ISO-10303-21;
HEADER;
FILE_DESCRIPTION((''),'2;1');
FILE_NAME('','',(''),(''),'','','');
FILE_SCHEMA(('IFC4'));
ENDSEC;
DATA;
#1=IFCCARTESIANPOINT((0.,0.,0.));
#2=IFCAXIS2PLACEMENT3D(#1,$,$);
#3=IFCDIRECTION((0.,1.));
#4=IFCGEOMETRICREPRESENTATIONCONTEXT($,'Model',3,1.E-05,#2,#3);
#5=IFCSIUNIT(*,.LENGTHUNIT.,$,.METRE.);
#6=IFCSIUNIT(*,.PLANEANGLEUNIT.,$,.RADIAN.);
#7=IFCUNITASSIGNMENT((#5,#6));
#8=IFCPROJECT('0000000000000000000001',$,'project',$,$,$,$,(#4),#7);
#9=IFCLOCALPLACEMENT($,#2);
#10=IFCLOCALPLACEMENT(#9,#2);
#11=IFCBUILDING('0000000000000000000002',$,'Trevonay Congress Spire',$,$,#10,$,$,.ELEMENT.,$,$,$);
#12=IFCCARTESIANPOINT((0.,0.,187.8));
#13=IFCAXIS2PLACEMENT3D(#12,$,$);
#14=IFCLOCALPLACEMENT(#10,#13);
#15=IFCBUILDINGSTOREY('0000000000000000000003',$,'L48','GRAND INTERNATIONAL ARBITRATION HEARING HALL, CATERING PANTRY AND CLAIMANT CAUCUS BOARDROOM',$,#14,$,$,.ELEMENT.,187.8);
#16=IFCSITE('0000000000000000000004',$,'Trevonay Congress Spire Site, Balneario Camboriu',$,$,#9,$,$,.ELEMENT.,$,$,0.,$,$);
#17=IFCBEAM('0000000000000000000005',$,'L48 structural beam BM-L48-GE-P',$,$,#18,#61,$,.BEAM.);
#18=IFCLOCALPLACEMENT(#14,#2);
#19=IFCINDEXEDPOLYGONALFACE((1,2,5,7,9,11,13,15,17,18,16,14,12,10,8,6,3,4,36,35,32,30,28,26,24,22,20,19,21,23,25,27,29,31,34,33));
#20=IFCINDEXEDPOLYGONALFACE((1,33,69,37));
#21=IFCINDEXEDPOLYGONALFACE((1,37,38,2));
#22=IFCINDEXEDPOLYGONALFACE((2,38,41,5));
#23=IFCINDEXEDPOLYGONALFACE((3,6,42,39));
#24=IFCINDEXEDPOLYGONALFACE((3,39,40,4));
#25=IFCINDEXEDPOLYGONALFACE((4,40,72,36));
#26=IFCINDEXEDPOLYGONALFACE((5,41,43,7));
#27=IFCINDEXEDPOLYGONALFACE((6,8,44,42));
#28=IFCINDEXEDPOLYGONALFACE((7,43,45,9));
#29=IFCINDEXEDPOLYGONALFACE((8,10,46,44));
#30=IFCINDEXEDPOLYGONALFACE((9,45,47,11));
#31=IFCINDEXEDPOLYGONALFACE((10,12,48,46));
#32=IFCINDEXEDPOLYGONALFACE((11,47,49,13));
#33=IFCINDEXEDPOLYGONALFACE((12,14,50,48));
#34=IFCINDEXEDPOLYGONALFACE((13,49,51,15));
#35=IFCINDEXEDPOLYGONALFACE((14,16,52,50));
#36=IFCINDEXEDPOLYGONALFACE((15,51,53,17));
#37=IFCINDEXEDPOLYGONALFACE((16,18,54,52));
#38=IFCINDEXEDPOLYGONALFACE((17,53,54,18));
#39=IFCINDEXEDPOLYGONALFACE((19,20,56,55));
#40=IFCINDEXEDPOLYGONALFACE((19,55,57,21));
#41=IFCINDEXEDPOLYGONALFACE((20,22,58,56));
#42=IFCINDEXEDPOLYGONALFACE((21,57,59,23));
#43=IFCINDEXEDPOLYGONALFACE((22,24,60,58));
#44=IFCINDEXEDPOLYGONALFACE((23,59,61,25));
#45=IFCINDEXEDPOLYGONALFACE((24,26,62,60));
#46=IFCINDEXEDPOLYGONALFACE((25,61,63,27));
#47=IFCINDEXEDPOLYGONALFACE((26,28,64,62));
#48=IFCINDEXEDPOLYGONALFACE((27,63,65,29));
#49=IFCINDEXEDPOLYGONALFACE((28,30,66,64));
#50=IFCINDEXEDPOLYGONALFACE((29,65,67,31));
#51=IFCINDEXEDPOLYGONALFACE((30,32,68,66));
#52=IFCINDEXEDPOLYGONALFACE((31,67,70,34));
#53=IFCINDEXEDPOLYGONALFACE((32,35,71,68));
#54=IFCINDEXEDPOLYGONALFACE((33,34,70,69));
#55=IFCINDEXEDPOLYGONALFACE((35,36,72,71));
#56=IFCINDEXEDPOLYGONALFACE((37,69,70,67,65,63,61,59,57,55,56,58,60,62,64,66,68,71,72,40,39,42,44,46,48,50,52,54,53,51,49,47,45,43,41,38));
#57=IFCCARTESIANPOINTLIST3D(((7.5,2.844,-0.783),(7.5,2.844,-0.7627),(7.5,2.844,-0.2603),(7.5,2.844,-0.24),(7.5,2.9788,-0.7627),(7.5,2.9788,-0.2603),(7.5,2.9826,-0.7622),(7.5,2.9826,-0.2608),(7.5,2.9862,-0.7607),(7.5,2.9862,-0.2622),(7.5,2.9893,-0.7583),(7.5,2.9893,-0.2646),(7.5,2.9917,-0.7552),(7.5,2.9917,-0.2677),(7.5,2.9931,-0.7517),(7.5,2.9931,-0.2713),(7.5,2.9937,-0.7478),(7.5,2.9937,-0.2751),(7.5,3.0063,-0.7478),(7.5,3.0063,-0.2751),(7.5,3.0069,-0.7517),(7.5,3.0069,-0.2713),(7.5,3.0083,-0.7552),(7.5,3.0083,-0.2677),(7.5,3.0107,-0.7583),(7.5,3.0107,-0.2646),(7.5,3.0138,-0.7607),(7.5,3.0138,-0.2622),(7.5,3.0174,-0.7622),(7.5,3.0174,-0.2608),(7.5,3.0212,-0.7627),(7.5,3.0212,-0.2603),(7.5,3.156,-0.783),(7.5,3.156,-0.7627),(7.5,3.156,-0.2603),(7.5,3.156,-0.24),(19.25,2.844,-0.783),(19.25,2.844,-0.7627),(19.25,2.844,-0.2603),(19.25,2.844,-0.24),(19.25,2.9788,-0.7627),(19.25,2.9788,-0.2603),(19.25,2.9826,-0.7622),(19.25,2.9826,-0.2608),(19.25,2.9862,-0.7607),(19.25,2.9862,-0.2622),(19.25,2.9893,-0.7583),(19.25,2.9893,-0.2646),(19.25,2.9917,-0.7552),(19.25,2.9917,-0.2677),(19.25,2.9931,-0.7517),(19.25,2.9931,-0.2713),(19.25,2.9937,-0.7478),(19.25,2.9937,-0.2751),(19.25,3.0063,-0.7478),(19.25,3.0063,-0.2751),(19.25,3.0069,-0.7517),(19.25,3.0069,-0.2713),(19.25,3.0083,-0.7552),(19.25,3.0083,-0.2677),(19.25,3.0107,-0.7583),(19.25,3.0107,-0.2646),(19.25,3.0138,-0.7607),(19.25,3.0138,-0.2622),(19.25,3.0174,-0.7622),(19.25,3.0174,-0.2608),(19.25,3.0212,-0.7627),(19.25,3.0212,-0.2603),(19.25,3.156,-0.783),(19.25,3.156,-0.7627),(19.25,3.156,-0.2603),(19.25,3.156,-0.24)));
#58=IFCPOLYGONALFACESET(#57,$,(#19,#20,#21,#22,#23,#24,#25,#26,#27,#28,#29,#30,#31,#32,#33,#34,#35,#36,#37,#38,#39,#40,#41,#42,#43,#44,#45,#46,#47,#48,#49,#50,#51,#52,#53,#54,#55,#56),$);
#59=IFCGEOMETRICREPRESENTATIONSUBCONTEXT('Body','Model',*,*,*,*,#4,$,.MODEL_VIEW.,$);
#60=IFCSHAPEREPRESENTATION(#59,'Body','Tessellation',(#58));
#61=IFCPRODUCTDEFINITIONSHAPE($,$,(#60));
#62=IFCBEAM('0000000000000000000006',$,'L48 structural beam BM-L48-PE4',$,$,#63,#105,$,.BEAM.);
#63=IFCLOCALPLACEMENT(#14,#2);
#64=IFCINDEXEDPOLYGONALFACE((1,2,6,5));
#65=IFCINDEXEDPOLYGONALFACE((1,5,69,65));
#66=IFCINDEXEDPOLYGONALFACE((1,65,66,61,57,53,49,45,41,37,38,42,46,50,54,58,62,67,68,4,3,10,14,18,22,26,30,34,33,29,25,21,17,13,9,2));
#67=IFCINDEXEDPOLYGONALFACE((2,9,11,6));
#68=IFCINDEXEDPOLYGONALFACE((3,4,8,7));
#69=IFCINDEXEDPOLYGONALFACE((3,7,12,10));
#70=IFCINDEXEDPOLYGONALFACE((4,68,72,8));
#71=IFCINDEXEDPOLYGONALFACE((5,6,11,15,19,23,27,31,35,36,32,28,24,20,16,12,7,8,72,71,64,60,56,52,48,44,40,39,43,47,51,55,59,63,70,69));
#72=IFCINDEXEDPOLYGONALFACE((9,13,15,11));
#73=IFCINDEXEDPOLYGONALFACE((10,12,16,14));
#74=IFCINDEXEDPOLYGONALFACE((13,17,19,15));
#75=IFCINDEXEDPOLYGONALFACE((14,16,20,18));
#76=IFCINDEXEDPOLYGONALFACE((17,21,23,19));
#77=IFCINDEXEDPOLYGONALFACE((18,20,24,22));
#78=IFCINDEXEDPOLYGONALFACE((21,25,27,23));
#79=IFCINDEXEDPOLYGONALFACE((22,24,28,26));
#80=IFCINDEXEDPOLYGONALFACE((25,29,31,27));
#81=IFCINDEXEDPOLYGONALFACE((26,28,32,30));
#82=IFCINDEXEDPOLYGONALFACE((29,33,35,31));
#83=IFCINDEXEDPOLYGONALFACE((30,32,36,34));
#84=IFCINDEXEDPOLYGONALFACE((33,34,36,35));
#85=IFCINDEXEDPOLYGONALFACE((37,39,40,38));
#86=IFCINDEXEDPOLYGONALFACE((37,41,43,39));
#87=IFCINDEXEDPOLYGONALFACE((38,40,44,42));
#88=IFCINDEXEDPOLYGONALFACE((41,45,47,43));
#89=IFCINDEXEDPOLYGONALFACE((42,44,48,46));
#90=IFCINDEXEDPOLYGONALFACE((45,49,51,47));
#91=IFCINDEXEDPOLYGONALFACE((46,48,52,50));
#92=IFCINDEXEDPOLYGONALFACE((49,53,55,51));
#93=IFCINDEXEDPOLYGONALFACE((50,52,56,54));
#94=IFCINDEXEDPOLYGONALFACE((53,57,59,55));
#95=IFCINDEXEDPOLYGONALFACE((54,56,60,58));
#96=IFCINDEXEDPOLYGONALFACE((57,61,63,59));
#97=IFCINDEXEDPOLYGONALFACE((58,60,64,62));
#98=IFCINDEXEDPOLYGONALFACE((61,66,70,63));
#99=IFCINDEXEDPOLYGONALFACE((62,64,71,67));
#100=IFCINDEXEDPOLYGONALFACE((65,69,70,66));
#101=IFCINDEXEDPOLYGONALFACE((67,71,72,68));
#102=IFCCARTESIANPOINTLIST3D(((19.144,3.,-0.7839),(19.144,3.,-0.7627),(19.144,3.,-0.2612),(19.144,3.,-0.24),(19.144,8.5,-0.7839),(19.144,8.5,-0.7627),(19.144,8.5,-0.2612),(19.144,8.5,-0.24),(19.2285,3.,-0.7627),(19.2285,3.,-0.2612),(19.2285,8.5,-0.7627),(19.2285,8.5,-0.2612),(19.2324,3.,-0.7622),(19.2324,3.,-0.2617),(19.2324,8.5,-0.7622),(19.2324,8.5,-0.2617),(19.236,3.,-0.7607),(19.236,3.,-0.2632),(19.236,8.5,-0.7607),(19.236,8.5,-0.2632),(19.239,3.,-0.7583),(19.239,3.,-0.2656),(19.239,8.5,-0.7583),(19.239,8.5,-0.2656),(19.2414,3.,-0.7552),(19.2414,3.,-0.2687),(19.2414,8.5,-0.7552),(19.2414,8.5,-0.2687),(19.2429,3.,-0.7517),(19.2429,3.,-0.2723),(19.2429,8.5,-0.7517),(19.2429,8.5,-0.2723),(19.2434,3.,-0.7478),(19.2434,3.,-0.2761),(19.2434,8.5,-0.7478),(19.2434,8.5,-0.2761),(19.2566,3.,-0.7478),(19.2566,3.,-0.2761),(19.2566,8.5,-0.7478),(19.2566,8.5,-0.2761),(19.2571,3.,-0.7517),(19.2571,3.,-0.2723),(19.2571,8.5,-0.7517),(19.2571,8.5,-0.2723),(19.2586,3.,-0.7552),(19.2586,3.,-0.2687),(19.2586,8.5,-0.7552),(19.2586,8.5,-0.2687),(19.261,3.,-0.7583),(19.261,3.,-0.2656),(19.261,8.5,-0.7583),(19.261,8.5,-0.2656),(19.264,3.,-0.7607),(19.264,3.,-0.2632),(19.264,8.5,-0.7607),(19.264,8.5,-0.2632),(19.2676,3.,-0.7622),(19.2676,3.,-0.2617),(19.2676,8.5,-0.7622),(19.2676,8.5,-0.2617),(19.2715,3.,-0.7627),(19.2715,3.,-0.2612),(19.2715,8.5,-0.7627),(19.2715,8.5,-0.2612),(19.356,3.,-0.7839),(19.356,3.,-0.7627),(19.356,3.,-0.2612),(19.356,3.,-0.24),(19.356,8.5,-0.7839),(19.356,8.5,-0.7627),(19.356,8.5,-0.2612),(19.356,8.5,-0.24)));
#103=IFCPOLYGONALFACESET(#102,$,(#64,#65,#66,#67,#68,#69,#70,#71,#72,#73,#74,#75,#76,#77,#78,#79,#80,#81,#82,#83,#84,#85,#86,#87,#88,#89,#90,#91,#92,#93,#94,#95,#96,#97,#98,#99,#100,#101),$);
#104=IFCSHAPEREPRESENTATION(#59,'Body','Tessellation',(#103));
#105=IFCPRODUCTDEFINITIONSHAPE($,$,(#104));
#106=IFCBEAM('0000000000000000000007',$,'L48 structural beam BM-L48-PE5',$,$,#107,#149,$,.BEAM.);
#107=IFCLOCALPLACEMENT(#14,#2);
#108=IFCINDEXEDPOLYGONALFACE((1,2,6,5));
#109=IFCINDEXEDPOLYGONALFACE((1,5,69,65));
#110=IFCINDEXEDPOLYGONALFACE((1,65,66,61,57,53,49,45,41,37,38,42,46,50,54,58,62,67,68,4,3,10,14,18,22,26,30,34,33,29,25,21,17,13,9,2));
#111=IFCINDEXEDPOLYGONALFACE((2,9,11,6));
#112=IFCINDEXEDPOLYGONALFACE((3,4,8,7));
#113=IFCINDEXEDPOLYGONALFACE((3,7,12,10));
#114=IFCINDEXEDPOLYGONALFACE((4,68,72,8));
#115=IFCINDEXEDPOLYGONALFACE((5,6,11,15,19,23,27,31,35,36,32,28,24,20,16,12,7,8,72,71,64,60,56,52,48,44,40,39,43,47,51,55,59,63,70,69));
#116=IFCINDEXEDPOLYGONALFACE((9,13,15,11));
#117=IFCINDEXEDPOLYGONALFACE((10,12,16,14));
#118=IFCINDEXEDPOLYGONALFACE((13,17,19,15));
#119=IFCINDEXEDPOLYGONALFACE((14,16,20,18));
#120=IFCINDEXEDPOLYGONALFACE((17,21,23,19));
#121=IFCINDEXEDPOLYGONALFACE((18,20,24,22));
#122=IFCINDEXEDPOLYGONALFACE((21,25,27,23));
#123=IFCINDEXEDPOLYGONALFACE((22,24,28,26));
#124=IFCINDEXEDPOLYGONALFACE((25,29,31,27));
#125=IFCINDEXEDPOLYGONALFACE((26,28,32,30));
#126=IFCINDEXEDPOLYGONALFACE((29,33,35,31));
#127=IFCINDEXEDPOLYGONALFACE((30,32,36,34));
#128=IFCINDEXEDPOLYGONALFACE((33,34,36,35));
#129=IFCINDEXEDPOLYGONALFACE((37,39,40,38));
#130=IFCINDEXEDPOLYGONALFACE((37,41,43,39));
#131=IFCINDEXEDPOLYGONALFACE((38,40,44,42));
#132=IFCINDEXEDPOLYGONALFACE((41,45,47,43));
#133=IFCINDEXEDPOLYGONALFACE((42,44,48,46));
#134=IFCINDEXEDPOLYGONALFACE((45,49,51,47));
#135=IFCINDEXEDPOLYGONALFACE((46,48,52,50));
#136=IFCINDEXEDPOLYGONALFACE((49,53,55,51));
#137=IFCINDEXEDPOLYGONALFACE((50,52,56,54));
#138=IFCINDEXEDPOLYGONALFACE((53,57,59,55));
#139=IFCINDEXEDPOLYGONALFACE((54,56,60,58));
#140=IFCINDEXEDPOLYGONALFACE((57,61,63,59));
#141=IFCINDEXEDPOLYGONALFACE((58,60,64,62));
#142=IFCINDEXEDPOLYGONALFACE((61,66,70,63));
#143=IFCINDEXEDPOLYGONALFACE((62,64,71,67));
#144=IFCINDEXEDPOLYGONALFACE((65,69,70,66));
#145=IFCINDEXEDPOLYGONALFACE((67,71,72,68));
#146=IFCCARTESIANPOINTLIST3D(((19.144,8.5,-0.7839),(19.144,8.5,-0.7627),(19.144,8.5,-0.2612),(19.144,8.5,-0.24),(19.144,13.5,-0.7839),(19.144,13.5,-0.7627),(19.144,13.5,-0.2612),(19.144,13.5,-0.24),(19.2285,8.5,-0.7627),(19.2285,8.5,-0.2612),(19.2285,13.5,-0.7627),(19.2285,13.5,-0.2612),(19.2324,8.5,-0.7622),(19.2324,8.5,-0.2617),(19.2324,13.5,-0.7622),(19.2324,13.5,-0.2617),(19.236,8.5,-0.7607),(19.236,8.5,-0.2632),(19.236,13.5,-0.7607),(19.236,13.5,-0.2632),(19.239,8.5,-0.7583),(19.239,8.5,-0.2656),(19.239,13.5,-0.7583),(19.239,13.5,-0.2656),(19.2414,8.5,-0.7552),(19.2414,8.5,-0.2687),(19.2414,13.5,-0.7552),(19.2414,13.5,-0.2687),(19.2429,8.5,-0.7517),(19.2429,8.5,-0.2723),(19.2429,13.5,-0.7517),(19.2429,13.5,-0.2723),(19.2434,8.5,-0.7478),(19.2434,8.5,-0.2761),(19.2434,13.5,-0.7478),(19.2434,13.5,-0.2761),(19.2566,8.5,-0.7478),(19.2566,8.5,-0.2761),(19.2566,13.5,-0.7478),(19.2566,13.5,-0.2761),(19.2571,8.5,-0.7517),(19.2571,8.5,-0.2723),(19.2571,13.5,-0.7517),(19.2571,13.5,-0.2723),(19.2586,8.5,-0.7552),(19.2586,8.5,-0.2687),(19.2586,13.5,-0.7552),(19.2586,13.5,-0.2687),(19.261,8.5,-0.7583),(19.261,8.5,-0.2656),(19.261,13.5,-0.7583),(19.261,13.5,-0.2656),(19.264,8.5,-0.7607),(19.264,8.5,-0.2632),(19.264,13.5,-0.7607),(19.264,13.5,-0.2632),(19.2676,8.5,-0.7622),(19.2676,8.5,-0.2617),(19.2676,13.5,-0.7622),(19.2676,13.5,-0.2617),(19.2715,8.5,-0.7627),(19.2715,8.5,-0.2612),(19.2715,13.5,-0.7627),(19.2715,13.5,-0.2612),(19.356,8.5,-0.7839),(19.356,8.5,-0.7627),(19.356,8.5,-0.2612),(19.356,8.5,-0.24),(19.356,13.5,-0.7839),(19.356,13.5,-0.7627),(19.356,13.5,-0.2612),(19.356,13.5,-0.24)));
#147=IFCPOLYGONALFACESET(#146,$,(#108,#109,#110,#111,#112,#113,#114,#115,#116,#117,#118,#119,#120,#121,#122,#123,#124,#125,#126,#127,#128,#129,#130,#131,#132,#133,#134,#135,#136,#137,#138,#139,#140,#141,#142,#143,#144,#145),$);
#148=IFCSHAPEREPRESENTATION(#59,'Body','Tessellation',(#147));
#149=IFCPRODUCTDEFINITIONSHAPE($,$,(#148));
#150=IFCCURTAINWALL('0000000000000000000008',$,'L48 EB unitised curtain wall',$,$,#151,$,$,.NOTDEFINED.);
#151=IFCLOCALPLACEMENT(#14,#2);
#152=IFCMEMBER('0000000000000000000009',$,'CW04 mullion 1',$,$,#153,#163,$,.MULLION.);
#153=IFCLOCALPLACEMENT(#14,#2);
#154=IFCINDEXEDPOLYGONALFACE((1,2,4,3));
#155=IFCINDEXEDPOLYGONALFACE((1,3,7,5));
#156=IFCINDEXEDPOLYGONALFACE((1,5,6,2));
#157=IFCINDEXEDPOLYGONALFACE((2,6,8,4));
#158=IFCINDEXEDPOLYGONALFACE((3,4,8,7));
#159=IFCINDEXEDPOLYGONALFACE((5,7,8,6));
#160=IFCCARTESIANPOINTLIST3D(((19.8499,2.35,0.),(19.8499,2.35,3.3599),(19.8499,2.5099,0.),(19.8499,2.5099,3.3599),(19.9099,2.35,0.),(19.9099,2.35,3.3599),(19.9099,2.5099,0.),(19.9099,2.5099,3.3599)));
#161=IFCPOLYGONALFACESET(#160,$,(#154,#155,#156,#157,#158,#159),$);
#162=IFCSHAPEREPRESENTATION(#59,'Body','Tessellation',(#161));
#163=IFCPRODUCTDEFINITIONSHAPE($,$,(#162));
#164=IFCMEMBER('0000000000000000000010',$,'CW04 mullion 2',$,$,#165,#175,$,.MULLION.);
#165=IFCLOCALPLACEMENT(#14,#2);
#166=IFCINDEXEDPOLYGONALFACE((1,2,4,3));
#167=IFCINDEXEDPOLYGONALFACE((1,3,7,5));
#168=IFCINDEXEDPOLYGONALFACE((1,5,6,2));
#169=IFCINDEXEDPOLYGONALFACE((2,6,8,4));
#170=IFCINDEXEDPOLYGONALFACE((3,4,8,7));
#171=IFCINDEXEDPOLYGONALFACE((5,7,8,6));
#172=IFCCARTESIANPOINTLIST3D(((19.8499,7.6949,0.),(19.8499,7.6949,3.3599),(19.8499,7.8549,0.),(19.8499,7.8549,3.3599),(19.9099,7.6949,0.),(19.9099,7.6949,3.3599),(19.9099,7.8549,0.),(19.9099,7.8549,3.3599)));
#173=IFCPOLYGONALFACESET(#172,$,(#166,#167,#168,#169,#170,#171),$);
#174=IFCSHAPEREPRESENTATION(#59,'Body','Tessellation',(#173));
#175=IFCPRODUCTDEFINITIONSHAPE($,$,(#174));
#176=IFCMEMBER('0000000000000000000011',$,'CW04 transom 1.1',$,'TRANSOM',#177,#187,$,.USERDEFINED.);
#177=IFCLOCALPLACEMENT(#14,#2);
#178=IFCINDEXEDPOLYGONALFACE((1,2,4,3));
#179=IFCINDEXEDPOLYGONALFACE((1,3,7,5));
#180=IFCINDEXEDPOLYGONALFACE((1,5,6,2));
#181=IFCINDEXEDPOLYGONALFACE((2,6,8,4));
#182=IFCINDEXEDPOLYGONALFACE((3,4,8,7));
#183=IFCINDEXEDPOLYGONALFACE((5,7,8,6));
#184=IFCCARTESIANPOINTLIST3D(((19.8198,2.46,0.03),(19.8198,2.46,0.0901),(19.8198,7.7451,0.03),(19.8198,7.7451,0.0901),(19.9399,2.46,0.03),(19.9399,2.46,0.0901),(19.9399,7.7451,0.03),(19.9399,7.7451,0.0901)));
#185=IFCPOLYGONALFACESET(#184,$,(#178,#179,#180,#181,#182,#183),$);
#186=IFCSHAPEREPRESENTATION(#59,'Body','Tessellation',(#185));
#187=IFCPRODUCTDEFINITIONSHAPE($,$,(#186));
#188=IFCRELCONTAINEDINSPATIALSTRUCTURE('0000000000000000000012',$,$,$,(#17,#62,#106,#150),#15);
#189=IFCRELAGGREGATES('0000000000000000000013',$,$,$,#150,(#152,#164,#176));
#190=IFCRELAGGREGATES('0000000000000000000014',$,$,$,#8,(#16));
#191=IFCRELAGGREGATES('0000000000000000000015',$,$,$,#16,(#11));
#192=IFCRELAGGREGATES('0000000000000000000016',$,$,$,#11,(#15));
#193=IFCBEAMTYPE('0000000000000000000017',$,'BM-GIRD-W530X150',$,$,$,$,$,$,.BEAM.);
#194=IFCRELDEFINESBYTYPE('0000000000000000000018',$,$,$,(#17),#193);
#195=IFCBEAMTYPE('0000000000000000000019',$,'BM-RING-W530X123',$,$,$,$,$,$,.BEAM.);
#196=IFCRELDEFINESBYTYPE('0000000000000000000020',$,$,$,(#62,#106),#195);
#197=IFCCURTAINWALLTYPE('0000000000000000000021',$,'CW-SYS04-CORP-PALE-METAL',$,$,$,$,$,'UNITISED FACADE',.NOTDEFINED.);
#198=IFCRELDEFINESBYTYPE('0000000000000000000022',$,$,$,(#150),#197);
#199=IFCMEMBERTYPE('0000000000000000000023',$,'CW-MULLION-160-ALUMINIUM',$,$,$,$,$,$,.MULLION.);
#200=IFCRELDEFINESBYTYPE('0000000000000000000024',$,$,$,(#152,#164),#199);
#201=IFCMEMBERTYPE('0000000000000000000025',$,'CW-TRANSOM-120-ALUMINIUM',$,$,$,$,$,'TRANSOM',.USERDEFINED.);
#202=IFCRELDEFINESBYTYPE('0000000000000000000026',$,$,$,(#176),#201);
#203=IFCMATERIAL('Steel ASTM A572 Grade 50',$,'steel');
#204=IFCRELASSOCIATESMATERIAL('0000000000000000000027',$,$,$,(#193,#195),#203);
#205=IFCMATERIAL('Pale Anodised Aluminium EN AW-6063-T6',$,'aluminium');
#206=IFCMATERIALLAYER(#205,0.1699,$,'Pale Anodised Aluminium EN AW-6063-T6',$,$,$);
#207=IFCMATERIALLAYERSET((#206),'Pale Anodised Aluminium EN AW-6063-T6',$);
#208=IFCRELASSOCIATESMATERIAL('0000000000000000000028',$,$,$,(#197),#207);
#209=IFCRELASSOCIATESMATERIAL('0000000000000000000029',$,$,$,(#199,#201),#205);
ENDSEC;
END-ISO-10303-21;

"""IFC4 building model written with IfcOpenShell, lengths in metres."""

from ifc_helpers import new_model, si_unit, direction, frame, origin, origin_2d, place, context, subcontext, project, spatial, rectangle, i_section, extrude, material, layer, layer_set, material_profile, profile_set, type_object, element, aggregate, save


model = new_model("IFC4")

# Units and contexts
model_context = context("Model", 3, precision=1e-05, world=origin(), true_north=direction((0.0, 1.0)))
body_context = subcontext(model_context, "Body", "Model", "MODEL_VIEW")
ifc_project = project(units=[si_unit("LENGTHUNIT", "METRE"), si_unit("PLANEANGLEUNIT", "RADIAN")], contexts=[model_context])

# Site, building, storey
site_placement = place(None, origin())
site = spatial("IfcSite", under=ifc_project, at=site_placement, Name="Trevonay Congress Spire Site, Balneario Camboriu", CompositionType="ELEMENT", RefElevation=0.0)
building_placement = place(site_placement, origin())
building = spatial("IfcBuilding", under=site, at=building_placement, Name="Trevonay Congress Spire", CompositionType="ELEMENT")
storey_placement = place(building_placement, frame((0.0, 0.0, 187.8)))
storey = spatial("IfcBuildingStorey", under=building, at=storey_placement, Name="L48", Description="GRAND INTERNATIONAL ARBITRATION HEARING HALL, CATERING PANTRY AND CLAIMANT CAUCUS BOARDROOM", CompositionType="ELEMENT", Elevation=187.8)

# Shared definitions
ifc_material_1 = material(Name="Steel ASTM A572 Grade 50", Category="steel")

# Beams
ifc_material_profile_1 = material_profile(ifc_material_1, i_section(OverallWidth=0.312, OverallDepth=0.543, WebThickness=0.0127, FlangeThickness=0.0203, FilletRadius=0.0149, at=origin_2d()), Name="W530x150")
ifc_profile_set_1 = profile_set([ifc_material_profile_1], Name="Steel ASTM A572 Grade 50")
beam_type_1 = type_object("IfcBeamType", Name="BM-GIRD-W530X150", PredefinedType="BEAM", material=ifc_profile_set_1)
beam_1_placement = place(storey_placement, frame((7.5, 3.0, -0.5115), z_axis=(1.0, 0.0, 0.0), x_axis=(0.0, 1.0, 0.0)))
element("IfcBeam", 1, at=beam_1_placement, inside=storey, type_object=beam_type_1, Name="L48 structural beam BM-L48-GE-P", PredefinedType="BEAM", context=body_context, shape_type="SweptSolid", body=[
    extrude(i_section(OverallWidth=0.312, OverallDepth=0.543, WebThickness=0.0127, FlangeThickness=0.0203, FilletRadius=0.0149, at=origin_2d()), origin(), (0.0, 0.0, 1.0), 11.75),
])
ifc_material_profile_2 = material_profile(ifc_material_1, i_section(OverallWidth=0.2119, OverallDepth=0.5439, WebThickness=0.0132, FlangeThickness=0.0212, FilletRadius=0.0149, at=origin_2d()), Name="W530x123")
ifc_profile_set_2 = profile_set([ifc_material_profile_2], Name="Steel ASTM A572 Grade 50")
beam_type_2 = type_object("IfcBeamType", Name="BM-RING-W530X123", PredefinedType="BEAM", material=ifc_profile_set_2)
beam_2_placement = place(storey_placement, frame((19.25, 3.0, -0.512), z_axis=(0.0, 1.0, 0.0), x_axis=(-1.0, 0.0, 0.0)))
element("IfcBeam", 2, at=beam_2_placement, inside=storey, type_object=beam_type_2, Name="L48 structural beam BM-L48-PE4", PredefinedType="BEAM", context=body_context, shape_type="SweptSolid", body=[
    extrude(i_section(OverallWidth=0.2119, OverallDepth=0.5439, WebThickness=0.0132, FlangeThickness=0.0212, FilletRadius=0.0149, at=origin_2d()), origin(), (0.0, 0.0, 1.0), 5.5),
])
beam_3_placement = place(storey_placement, frame((19.25, 8.5, -0.512), z_axis=(0.0, 1.0, 0.0), x_axis=(-1.0, 0.0, 0.0)))
element("IfcBeam", 3, at=beam_3_placement, inside=storey, type_object=beam_type_2, Name="L48 structural beam BM-L48-PE5", PredefinedType="BEAM", context=body_context, shape_type="SweptSolid", body=[
    extrude(i_section(OverallWidth=0.2119, OverallDepth=0.5439, WebThickness=0.0132, FlangeThickness=0.0212, FilletRadius=0.0149, at=origin_2d()), origin(), (0.0, 0.0, 1.0), 5.0),
])

# Curtain wall, members
ifc_material_2 = material(Name="Pale Anodised Aluminium EN AW-6063-T6", Category="aluminium")
ifc_layer_1 = layer(ifc_material_2, 0.1699, Name="Pale Anodised Aluminium EN AW-6063-T6")
ifc_layer_set_1 = layer_set([ifc_layer_1], Name="Pale Anodised Aluminium EN AW-6063-T6")
curtain_wall_type = type_object("IfcCurtainWallType", Name="CW-SYS04-CORP-PALE-METAL", ElementType="UNITISED FACADE", PredefinedType="NOTDEFINED", material=ifc_layer_set_1)
curtain_wall_placement = place(storey_placement, origin())
curtain_wall = element("IfcCurtainWall", 4, at=curtain_wall_placement, inside=storey, type_object=curtain_wall_type, Name="L48 EB unitised curtain wall", PredefinedType="NOTDEFINED")
ifc_material_profile_3 = material_profile(ifc_material_2, rectangle(XDim=0.0601, YDim=0.1599, at=origin_2d()), Name="CW-MULLION-160-ALUMINIUM")
ifc_profile_set_3 = profile_set([ifc_material_profile_3], Name="Pale Anodised Aluminium EN AW-6063-T6")
member_type_1 = type_object("IfcMemberType", Name="CW-MULLION-160-ALUMINIUM", PredefinedType="MULLION", material=ifc_profile_set_3)
member_1_placement = place(storey_placement, frame((19.8799, 2.4299, 0.0), z_axis=(0.0, 0.0, 1.0), x_axis=(-1.0, 0.0, 0.0)))
member_1 = element("IfcMember", 5, at=member_1_placement, type_object=member_type_1, Name="CW04 mullion 1", PredefinedType="MULLION", context=body_context, shape_type="SweptSolid", body=[
    extrude(rectangle(XDim=0.0601, YDim=0.1599, at=origin_2d()), origin(), (0.0, 0.0, 1.0), 3.3599),
])
member_2_placement = place(storey_placement, frame((19.8799, 7.7749, 0.0), z_axis=(0.0, 0.0, 1.0), x_axis=(-1.0, 0.0, 0.0)))
member_2 = element("IfcMember", 6, at=member_2_placement, type_object=member_type_1, Name="CW04 mullion 2", PredefinedType="MULLION", context=body_context, shape_type="SweptSolid", body=[
    extrude(rectangle(XDim=0.0601, YDim=0.1599, at=origin_2d()), origin(), (0.0, 0.0, 1.0), 3.3599),
])
ifc_material_profile_4 = material_profile(ifc_material_2, rectangle(XDim=0.1201, YDim=0.0601, at=origin_2d()), Name="CW-TRANSOM-120-ALUMINIUM")
ifc_profile_set_4 = profile_set([ifc_material_profile_4], Name="Pale Anodised Aluminium EN AW-6063-T6")
member_type_2 = type_object("IfcMemberType", Name="CW-TRANSOM-120-ALUMINIUM", ElementType="TRANSOM", PredefinedType="USERDEFINED", material=ifc_profile_set_4)
member_3_placement = place(storey_placement, frame((19.8799, 2.46, 0.0601), z_axis=(0.0, 1.0, 0.0), x_axis=(-1.0, 0.0, 0.0)))
member_3 = element("IfcMember", 7, at=member_3_placement, type_object=member_type_2, Name="CW04 transom 1.1", ObjectType="TRANSOM", PredefinedType="USERDEFINED", context=body_context, shape_type="SweptSolid", body=[
    extrude(rectangle(XDim=0.1201, YDim=0.0601, at=origin_2d()), origin(), (0.0, 0.0, 1.0), 5.2852),
])

aggregate(curtain_wall, [member_1, member_2, member_3])

save(model, "model.ifc")
